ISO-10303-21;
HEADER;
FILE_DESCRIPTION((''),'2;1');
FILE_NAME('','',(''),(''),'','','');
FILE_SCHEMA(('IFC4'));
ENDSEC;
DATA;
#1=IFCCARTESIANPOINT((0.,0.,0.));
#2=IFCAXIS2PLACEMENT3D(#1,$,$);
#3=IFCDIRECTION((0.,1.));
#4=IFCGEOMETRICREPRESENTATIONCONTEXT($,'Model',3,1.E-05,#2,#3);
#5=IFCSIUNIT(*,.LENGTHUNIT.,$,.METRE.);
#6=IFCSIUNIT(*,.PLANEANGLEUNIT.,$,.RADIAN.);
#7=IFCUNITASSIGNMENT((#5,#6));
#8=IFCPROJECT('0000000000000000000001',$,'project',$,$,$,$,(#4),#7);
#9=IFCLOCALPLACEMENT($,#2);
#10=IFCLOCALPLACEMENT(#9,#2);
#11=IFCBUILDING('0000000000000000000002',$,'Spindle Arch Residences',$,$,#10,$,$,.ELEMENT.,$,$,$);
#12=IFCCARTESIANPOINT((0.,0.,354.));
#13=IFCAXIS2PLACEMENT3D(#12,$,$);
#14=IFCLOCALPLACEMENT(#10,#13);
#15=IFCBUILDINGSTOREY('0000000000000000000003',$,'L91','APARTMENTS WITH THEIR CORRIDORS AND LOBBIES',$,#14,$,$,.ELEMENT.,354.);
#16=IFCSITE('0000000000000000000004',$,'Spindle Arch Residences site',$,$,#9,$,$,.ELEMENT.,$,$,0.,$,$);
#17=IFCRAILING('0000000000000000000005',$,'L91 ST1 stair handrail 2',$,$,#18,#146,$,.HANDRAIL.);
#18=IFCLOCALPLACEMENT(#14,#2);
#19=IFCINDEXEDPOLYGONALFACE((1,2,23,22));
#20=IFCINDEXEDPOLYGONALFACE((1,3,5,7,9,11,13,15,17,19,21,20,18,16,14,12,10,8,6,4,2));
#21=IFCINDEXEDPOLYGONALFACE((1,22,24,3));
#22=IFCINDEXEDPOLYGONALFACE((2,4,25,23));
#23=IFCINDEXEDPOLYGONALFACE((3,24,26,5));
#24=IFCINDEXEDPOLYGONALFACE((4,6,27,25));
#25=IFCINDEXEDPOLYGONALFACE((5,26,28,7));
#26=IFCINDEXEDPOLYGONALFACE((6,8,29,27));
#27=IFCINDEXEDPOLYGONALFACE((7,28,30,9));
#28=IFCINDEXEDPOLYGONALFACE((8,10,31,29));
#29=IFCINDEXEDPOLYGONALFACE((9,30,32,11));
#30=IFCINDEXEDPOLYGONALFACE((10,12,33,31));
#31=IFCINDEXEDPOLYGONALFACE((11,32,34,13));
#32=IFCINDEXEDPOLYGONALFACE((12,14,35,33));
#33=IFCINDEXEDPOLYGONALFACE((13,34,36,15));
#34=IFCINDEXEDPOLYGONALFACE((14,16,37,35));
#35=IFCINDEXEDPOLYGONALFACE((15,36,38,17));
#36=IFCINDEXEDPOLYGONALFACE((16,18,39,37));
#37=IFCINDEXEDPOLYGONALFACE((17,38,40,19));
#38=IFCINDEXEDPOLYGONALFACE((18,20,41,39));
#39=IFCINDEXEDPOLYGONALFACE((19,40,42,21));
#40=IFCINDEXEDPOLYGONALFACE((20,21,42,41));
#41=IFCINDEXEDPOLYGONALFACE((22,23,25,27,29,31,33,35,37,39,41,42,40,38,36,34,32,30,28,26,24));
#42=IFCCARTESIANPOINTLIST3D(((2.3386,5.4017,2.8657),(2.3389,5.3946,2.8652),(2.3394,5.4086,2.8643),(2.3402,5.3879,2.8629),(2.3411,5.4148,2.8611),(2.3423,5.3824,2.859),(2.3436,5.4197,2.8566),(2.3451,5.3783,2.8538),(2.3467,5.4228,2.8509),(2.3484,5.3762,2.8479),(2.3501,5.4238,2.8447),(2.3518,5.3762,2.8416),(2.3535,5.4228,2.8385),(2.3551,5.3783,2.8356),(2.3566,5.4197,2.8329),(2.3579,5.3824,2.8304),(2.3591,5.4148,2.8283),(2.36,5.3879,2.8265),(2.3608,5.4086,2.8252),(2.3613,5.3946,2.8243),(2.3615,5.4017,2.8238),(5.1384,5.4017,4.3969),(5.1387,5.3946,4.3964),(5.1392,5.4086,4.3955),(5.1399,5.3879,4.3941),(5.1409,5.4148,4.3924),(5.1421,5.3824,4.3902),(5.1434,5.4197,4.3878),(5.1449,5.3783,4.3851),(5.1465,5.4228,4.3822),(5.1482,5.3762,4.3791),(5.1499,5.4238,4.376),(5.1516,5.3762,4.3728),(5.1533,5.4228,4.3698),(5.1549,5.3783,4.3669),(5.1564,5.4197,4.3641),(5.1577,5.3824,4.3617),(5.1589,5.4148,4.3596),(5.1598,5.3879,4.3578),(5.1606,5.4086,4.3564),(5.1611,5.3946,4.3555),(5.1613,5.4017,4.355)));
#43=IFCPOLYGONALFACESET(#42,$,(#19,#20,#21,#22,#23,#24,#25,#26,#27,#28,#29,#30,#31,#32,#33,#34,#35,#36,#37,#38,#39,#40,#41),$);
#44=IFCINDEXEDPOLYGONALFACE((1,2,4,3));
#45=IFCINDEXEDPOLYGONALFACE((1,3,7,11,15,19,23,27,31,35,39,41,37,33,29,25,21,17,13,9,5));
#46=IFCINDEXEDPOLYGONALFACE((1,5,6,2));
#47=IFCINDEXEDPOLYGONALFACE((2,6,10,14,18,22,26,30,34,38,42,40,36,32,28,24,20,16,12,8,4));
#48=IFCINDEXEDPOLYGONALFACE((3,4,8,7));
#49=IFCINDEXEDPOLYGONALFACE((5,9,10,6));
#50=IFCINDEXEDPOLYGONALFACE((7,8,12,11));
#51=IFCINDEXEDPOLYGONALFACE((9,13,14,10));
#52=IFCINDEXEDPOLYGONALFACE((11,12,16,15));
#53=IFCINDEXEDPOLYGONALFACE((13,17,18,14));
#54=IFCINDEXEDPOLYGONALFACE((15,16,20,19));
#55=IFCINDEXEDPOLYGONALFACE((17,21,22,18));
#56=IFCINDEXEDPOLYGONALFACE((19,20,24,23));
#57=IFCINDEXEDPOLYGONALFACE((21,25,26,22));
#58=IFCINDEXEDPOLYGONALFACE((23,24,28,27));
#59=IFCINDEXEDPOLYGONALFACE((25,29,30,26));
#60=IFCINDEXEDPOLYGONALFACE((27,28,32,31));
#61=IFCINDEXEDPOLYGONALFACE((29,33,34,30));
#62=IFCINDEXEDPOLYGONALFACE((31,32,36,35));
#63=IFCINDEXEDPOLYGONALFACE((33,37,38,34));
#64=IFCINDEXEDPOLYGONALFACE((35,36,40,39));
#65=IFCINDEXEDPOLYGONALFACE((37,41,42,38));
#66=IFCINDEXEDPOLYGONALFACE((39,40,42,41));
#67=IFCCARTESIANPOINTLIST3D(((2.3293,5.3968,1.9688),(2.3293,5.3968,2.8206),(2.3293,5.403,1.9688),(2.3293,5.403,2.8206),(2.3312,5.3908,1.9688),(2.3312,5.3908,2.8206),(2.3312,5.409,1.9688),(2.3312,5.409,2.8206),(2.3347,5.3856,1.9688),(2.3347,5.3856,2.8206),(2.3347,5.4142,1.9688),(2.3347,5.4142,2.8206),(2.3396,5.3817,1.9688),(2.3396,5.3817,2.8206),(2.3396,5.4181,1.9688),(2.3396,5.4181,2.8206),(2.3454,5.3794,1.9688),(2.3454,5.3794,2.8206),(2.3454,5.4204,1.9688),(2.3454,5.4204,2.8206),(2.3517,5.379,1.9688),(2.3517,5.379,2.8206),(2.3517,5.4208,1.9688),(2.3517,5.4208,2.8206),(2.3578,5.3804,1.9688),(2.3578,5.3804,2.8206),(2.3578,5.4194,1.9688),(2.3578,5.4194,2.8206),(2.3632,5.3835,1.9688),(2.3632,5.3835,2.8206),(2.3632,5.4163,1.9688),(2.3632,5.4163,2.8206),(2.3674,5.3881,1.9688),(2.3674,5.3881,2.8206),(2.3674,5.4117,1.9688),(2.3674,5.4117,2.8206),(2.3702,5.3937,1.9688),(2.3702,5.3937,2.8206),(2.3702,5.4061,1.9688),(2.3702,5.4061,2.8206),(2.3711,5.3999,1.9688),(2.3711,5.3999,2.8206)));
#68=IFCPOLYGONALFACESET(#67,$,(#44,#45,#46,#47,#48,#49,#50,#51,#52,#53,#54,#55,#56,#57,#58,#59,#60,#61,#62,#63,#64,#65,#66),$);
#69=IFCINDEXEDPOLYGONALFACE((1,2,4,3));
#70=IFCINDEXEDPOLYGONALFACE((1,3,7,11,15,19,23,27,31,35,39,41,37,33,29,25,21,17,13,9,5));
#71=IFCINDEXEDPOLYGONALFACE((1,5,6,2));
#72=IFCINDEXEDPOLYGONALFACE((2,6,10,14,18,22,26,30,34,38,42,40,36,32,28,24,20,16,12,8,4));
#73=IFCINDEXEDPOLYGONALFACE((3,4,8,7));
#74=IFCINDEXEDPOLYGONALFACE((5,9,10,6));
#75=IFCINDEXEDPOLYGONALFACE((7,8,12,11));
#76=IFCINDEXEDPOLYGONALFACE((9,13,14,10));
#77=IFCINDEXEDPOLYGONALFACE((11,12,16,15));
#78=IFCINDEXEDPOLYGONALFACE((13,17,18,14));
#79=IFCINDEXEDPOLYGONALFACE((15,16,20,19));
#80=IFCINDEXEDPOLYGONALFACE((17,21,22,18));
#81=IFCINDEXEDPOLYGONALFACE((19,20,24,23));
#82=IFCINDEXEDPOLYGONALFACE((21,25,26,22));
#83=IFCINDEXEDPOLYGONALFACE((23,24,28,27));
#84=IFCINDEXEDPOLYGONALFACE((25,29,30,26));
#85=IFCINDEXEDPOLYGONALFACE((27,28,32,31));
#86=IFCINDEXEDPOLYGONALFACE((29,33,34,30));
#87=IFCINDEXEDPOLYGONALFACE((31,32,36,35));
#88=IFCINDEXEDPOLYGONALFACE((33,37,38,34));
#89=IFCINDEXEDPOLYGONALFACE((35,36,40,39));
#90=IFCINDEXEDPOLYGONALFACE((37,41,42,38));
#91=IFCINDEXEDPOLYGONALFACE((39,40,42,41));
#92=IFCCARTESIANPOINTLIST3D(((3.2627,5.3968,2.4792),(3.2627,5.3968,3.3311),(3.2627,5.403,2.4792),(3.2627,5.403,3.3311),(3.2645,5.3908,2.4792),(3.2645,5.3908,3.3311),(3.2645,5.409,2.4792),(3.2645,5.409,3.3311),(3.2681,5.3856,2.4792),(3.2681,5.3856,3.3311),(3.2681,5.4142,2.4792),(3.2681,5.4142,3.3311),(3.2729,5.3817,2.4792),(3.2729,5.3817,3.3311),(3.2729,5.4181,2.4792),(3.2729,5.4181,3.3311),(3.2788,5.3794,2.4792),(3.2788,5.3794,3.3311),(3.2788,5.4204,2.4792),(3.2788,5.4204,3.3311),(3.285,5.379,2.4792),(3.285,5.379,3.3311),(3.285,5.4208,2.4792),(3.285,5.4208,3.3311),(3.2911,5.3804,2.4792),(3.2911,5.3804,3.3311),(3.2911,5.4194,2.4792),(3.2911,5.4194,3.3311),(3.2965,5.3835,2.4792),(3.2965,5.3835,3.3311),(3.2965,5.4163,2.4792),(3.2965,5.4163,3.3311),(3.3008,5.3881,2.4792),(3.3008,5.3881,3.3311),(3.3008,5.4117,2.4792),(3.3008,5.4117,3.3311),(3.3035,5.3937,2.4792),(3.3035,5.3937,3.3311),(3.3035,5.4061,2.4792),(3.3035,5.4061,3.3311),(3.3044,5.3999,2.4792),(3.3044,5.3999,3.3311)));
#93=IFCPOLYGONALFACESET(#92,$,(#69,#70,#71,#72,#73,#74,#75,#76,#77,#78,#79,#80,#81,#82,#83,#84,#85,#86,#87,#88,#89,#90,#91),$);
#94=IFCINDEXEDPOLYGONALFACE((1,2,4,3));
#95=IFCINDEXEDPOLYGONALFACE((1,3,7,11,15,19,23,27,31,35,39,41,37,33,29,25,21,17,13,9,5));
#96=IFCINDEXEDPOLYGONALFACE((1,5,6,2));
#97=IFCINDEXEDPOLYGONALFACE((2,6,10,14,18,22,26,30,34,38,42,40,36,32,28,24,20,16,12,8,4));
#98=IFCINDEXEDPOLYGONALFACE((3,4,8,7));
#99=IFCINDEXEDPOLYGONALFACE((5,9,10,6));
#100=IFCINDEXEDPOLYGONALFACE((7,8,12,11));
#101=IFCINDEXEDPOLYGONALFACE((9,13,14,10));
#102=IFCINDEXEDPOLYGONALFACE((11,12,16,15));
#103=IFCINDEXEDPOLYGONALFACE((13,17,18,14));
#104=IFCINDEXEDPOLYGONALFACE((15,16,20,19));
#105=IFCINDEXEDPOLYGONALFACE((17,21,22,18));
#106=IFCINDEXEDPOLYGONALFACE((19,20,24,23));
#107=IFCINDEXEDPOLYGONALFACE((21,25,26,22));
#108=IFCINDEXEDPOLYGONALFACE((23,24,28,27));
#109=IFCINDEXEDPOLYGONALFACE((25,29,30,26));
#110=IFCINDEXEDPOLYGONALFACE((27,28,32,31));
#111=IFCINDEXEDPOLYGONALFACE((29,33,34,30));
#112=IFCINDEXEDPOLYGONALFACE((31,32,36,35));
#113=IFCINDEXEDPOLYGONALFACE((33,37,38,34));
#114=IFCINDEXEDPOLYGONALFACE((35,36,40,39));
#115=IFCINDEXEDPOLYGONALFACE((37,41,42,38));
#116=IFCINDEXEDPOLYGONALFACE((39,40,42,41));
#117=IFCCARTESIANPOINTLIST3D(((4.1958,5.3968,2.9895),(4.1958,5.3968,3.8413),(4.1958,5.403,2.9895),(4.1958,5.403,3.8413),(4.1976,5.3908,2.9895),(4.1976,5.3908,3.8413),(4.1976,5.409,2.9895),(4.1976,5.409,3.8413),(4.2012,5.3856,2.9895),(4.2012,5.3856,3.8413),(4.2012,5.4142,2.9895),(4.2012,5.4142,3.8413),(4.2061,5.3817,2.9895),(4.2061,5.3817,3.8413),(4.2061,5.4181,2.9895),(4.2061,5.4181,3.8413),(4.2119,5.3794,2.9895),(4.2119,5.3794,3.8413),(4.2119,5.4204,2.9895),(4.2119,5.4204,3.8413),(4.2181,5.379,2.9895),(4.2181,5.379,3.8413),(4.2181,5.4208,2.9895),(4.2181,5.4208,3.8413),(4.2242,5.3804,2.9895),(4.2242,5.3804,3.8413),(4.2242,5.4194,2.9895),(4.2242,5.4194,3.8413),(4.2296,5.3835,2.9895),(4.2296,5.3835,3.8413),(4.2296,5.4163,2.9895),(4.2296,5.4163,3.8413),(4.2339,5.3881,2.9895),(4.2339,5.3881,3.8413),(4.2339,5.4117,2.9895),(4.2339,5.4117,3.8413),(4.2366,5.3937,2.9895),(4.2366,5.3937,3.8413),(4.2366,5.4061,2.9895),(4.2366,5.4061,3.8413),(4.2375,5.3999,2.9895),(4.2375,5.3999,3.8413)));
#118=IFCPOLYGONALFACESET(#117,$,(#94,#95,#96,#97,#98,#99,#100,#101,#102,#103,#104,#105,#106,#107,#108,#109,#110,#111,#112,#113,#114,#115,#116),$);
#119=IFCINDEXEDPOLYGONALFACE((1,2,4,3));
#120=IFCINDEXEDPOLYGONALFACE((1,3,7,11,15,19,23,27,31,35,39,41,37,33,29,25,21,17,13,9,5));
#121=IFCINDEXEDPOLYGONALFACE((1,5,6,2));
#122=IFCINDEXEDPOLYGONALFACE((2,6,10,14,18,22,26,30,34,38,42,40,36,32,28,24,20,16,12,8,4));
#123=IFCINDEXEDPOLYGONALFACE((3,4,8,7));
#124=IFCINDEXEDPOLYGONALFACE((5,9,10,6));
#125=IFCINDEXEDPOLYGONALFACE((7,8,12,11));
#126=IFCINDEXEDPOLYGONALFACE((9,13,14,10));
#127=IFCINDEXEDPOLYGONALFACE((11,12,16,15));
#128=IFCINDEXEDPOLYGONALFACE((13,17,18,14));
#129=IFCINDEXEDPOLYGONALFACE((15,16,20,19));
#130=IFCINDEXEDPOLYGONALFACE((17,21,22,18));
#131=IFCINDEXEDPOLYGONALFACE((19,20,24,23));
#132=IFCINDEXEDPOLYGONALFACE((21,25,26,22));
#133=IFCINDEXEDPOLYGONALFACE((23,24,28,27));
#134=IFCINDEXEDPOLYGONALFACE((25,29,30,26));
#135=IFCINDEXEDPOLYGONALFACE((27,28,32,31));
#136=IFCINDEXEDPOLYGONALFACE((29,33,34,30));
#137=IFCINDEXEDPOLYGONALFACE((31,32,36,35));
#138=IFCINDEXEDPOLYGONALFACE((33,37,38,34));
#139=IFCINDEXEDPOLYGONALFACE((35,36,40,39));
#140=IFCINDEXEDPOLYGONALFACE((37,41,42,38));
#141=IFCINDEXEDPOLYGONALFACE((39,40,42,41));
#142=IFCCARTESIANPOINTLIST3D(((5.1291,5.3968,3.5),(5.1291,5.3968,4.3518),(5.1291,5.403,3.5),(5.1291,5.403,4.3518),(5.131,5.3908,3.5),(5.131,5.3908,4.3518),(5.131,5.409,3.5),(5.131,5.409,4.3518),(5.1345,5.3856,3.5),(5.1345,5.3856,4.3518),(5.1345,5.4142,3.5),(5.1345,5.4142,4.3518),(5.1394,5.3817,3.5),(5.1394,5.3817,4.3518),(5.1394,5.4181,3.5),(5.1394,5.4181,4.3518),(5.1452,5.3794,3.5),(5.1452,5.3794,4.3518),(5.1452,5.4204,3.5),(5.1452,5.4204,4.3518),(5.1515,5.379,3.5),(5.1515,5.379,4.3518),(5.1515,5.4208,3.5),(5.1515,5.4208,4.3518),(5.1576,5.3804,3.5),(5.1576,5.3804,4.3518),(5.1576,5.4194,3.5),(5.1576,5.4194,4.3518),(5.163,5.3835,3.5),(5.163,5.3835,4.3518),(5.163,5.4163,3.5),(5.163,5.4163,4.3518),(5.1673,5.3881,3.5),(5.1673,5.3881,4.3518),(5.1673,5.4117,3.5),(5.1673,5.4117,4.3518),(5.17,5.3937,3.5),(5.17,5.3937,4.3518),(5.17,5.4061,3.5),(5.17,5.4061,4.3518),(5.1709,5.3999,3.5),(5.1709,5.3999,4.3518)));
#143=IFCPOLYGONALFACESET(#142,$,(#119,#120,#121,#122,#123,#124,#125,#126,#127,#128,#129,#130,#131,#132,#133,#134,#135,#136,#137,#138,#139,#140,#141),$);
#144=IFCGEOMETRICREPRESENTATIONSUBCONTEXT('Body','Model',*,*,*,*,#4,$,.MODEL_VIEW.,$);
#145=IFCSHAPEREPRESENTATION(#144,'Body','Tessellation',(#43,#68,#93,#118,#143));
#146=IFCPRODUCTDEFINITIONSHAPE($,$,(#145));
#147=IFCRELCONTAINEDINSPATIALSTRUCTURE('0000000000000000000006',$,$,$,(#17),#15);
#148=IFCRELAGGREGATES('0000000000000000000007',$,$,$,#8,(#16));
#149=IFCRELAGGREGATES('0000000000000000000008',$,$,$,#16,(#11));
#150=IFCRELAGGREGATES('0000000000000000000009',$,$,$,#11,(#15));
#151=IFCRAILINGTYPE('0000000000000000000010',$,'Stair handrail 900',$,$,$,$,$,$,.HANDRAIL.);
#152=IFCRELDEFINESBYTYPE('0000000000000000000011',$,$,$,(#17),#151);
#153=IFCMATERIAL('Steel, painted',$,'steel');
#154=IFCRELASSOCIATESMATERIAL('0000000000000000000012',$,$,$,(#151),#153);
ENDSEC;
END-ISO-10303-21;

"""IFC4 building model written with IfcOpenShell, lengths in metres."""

from ifc_helpers import new_model, si_unit, direction, frame, origin, origin_2d, place, context, subcontext, project, spatial, circle, extrude, material, type_object, element, save


model = new_model("IFC4")

# Units and contexts
model_context = context("Model", 3, precision=1e-05, world=origin(), true_north=direction((0.0, 1.0)))
body_context = subcontext(model_context, "Body", "Model", "MODEL_VIEW")
ifc_project = project(units=[si_unit("LENGTHUNIT", "METRE"), si_unit("PLANEANGLEUNIT", "RADIAN")], contexts=[model_context])

# Site, building, storey
site_placement = place(None, origin())
site = spatial("IfcSite", under=ifc_project, at=site_placement, Name="Spindle Arch Residences site", CompositionType="ELEMENT", RefElevation=0.0)
building_placement = place(site_placement, origin())
building = spatial("IfcBuilding", under=site, at=building_placement, Name="Spindle Arch Residences", CompositionType="ELEMENT")
storey_placement = place(building_placement, frame((0.0, 0.0, 354.0)))
storey = spatial("IfcBuildingStorey", under=building, at=storey_placement, Name="L91", Description="APARTMENTS WITH THEIR CORRIDORS AND LOBBIES", CompositionType="ELEMENT", Elevation=354.0)

# Railing
ifc_material_1 = material(Name="Steel, painted", Category="steel")
railing_type_1 = type_object("IfcRailingType", Name="Stair handrail 900", PredefinedType="HANDRAIL", material=ifc_material_1)
railing_1_placement = place(storey_placement, frame((2.3501, 5.3999, 1.9688)))
element("IfcRailing", 1, at=railing_1_placement, inside=storey, type_object=railing_type_1, Name="L91 ST1 stair handrail 2", PredefinedType="HANDRAIL", context=body_context, shape_type="SweptSolid", body=[
    extrude(circle(Radius=0.0239, at=origin_2d()), frame((0.0, 0.0, 0.876), z_axis=(0.877357, 0.0, 0.479838), x_axis=(0.0, 1.0, 0.0)), (0.0, 0.0, 1.0), 3.1912),
    extrude(circle(Radius=0.021, at=origin_2d()), origin(), (0.0, 0.0, 1.0), 0.8518),
    extrude(circle(Radius=0.021, at=origin_2d()), frame((0.9333, 0.0, 0.5105)), (0.0, 0.0, 1.0), 0.8518),
    extrude(circle(Radius=0.021, at=origin_2d()), frame((1.8665, 0.0, 1.0208)), (0.0, 0.0, 1.0), 0.8518),
    extrude(circle(Radius=0.021, at=origin_2d()), frame((2.7998, 0.0, 1.5312)), (0.0, 0.0, 1.0), 0.8518),
])

save(model, "model.ifc")
